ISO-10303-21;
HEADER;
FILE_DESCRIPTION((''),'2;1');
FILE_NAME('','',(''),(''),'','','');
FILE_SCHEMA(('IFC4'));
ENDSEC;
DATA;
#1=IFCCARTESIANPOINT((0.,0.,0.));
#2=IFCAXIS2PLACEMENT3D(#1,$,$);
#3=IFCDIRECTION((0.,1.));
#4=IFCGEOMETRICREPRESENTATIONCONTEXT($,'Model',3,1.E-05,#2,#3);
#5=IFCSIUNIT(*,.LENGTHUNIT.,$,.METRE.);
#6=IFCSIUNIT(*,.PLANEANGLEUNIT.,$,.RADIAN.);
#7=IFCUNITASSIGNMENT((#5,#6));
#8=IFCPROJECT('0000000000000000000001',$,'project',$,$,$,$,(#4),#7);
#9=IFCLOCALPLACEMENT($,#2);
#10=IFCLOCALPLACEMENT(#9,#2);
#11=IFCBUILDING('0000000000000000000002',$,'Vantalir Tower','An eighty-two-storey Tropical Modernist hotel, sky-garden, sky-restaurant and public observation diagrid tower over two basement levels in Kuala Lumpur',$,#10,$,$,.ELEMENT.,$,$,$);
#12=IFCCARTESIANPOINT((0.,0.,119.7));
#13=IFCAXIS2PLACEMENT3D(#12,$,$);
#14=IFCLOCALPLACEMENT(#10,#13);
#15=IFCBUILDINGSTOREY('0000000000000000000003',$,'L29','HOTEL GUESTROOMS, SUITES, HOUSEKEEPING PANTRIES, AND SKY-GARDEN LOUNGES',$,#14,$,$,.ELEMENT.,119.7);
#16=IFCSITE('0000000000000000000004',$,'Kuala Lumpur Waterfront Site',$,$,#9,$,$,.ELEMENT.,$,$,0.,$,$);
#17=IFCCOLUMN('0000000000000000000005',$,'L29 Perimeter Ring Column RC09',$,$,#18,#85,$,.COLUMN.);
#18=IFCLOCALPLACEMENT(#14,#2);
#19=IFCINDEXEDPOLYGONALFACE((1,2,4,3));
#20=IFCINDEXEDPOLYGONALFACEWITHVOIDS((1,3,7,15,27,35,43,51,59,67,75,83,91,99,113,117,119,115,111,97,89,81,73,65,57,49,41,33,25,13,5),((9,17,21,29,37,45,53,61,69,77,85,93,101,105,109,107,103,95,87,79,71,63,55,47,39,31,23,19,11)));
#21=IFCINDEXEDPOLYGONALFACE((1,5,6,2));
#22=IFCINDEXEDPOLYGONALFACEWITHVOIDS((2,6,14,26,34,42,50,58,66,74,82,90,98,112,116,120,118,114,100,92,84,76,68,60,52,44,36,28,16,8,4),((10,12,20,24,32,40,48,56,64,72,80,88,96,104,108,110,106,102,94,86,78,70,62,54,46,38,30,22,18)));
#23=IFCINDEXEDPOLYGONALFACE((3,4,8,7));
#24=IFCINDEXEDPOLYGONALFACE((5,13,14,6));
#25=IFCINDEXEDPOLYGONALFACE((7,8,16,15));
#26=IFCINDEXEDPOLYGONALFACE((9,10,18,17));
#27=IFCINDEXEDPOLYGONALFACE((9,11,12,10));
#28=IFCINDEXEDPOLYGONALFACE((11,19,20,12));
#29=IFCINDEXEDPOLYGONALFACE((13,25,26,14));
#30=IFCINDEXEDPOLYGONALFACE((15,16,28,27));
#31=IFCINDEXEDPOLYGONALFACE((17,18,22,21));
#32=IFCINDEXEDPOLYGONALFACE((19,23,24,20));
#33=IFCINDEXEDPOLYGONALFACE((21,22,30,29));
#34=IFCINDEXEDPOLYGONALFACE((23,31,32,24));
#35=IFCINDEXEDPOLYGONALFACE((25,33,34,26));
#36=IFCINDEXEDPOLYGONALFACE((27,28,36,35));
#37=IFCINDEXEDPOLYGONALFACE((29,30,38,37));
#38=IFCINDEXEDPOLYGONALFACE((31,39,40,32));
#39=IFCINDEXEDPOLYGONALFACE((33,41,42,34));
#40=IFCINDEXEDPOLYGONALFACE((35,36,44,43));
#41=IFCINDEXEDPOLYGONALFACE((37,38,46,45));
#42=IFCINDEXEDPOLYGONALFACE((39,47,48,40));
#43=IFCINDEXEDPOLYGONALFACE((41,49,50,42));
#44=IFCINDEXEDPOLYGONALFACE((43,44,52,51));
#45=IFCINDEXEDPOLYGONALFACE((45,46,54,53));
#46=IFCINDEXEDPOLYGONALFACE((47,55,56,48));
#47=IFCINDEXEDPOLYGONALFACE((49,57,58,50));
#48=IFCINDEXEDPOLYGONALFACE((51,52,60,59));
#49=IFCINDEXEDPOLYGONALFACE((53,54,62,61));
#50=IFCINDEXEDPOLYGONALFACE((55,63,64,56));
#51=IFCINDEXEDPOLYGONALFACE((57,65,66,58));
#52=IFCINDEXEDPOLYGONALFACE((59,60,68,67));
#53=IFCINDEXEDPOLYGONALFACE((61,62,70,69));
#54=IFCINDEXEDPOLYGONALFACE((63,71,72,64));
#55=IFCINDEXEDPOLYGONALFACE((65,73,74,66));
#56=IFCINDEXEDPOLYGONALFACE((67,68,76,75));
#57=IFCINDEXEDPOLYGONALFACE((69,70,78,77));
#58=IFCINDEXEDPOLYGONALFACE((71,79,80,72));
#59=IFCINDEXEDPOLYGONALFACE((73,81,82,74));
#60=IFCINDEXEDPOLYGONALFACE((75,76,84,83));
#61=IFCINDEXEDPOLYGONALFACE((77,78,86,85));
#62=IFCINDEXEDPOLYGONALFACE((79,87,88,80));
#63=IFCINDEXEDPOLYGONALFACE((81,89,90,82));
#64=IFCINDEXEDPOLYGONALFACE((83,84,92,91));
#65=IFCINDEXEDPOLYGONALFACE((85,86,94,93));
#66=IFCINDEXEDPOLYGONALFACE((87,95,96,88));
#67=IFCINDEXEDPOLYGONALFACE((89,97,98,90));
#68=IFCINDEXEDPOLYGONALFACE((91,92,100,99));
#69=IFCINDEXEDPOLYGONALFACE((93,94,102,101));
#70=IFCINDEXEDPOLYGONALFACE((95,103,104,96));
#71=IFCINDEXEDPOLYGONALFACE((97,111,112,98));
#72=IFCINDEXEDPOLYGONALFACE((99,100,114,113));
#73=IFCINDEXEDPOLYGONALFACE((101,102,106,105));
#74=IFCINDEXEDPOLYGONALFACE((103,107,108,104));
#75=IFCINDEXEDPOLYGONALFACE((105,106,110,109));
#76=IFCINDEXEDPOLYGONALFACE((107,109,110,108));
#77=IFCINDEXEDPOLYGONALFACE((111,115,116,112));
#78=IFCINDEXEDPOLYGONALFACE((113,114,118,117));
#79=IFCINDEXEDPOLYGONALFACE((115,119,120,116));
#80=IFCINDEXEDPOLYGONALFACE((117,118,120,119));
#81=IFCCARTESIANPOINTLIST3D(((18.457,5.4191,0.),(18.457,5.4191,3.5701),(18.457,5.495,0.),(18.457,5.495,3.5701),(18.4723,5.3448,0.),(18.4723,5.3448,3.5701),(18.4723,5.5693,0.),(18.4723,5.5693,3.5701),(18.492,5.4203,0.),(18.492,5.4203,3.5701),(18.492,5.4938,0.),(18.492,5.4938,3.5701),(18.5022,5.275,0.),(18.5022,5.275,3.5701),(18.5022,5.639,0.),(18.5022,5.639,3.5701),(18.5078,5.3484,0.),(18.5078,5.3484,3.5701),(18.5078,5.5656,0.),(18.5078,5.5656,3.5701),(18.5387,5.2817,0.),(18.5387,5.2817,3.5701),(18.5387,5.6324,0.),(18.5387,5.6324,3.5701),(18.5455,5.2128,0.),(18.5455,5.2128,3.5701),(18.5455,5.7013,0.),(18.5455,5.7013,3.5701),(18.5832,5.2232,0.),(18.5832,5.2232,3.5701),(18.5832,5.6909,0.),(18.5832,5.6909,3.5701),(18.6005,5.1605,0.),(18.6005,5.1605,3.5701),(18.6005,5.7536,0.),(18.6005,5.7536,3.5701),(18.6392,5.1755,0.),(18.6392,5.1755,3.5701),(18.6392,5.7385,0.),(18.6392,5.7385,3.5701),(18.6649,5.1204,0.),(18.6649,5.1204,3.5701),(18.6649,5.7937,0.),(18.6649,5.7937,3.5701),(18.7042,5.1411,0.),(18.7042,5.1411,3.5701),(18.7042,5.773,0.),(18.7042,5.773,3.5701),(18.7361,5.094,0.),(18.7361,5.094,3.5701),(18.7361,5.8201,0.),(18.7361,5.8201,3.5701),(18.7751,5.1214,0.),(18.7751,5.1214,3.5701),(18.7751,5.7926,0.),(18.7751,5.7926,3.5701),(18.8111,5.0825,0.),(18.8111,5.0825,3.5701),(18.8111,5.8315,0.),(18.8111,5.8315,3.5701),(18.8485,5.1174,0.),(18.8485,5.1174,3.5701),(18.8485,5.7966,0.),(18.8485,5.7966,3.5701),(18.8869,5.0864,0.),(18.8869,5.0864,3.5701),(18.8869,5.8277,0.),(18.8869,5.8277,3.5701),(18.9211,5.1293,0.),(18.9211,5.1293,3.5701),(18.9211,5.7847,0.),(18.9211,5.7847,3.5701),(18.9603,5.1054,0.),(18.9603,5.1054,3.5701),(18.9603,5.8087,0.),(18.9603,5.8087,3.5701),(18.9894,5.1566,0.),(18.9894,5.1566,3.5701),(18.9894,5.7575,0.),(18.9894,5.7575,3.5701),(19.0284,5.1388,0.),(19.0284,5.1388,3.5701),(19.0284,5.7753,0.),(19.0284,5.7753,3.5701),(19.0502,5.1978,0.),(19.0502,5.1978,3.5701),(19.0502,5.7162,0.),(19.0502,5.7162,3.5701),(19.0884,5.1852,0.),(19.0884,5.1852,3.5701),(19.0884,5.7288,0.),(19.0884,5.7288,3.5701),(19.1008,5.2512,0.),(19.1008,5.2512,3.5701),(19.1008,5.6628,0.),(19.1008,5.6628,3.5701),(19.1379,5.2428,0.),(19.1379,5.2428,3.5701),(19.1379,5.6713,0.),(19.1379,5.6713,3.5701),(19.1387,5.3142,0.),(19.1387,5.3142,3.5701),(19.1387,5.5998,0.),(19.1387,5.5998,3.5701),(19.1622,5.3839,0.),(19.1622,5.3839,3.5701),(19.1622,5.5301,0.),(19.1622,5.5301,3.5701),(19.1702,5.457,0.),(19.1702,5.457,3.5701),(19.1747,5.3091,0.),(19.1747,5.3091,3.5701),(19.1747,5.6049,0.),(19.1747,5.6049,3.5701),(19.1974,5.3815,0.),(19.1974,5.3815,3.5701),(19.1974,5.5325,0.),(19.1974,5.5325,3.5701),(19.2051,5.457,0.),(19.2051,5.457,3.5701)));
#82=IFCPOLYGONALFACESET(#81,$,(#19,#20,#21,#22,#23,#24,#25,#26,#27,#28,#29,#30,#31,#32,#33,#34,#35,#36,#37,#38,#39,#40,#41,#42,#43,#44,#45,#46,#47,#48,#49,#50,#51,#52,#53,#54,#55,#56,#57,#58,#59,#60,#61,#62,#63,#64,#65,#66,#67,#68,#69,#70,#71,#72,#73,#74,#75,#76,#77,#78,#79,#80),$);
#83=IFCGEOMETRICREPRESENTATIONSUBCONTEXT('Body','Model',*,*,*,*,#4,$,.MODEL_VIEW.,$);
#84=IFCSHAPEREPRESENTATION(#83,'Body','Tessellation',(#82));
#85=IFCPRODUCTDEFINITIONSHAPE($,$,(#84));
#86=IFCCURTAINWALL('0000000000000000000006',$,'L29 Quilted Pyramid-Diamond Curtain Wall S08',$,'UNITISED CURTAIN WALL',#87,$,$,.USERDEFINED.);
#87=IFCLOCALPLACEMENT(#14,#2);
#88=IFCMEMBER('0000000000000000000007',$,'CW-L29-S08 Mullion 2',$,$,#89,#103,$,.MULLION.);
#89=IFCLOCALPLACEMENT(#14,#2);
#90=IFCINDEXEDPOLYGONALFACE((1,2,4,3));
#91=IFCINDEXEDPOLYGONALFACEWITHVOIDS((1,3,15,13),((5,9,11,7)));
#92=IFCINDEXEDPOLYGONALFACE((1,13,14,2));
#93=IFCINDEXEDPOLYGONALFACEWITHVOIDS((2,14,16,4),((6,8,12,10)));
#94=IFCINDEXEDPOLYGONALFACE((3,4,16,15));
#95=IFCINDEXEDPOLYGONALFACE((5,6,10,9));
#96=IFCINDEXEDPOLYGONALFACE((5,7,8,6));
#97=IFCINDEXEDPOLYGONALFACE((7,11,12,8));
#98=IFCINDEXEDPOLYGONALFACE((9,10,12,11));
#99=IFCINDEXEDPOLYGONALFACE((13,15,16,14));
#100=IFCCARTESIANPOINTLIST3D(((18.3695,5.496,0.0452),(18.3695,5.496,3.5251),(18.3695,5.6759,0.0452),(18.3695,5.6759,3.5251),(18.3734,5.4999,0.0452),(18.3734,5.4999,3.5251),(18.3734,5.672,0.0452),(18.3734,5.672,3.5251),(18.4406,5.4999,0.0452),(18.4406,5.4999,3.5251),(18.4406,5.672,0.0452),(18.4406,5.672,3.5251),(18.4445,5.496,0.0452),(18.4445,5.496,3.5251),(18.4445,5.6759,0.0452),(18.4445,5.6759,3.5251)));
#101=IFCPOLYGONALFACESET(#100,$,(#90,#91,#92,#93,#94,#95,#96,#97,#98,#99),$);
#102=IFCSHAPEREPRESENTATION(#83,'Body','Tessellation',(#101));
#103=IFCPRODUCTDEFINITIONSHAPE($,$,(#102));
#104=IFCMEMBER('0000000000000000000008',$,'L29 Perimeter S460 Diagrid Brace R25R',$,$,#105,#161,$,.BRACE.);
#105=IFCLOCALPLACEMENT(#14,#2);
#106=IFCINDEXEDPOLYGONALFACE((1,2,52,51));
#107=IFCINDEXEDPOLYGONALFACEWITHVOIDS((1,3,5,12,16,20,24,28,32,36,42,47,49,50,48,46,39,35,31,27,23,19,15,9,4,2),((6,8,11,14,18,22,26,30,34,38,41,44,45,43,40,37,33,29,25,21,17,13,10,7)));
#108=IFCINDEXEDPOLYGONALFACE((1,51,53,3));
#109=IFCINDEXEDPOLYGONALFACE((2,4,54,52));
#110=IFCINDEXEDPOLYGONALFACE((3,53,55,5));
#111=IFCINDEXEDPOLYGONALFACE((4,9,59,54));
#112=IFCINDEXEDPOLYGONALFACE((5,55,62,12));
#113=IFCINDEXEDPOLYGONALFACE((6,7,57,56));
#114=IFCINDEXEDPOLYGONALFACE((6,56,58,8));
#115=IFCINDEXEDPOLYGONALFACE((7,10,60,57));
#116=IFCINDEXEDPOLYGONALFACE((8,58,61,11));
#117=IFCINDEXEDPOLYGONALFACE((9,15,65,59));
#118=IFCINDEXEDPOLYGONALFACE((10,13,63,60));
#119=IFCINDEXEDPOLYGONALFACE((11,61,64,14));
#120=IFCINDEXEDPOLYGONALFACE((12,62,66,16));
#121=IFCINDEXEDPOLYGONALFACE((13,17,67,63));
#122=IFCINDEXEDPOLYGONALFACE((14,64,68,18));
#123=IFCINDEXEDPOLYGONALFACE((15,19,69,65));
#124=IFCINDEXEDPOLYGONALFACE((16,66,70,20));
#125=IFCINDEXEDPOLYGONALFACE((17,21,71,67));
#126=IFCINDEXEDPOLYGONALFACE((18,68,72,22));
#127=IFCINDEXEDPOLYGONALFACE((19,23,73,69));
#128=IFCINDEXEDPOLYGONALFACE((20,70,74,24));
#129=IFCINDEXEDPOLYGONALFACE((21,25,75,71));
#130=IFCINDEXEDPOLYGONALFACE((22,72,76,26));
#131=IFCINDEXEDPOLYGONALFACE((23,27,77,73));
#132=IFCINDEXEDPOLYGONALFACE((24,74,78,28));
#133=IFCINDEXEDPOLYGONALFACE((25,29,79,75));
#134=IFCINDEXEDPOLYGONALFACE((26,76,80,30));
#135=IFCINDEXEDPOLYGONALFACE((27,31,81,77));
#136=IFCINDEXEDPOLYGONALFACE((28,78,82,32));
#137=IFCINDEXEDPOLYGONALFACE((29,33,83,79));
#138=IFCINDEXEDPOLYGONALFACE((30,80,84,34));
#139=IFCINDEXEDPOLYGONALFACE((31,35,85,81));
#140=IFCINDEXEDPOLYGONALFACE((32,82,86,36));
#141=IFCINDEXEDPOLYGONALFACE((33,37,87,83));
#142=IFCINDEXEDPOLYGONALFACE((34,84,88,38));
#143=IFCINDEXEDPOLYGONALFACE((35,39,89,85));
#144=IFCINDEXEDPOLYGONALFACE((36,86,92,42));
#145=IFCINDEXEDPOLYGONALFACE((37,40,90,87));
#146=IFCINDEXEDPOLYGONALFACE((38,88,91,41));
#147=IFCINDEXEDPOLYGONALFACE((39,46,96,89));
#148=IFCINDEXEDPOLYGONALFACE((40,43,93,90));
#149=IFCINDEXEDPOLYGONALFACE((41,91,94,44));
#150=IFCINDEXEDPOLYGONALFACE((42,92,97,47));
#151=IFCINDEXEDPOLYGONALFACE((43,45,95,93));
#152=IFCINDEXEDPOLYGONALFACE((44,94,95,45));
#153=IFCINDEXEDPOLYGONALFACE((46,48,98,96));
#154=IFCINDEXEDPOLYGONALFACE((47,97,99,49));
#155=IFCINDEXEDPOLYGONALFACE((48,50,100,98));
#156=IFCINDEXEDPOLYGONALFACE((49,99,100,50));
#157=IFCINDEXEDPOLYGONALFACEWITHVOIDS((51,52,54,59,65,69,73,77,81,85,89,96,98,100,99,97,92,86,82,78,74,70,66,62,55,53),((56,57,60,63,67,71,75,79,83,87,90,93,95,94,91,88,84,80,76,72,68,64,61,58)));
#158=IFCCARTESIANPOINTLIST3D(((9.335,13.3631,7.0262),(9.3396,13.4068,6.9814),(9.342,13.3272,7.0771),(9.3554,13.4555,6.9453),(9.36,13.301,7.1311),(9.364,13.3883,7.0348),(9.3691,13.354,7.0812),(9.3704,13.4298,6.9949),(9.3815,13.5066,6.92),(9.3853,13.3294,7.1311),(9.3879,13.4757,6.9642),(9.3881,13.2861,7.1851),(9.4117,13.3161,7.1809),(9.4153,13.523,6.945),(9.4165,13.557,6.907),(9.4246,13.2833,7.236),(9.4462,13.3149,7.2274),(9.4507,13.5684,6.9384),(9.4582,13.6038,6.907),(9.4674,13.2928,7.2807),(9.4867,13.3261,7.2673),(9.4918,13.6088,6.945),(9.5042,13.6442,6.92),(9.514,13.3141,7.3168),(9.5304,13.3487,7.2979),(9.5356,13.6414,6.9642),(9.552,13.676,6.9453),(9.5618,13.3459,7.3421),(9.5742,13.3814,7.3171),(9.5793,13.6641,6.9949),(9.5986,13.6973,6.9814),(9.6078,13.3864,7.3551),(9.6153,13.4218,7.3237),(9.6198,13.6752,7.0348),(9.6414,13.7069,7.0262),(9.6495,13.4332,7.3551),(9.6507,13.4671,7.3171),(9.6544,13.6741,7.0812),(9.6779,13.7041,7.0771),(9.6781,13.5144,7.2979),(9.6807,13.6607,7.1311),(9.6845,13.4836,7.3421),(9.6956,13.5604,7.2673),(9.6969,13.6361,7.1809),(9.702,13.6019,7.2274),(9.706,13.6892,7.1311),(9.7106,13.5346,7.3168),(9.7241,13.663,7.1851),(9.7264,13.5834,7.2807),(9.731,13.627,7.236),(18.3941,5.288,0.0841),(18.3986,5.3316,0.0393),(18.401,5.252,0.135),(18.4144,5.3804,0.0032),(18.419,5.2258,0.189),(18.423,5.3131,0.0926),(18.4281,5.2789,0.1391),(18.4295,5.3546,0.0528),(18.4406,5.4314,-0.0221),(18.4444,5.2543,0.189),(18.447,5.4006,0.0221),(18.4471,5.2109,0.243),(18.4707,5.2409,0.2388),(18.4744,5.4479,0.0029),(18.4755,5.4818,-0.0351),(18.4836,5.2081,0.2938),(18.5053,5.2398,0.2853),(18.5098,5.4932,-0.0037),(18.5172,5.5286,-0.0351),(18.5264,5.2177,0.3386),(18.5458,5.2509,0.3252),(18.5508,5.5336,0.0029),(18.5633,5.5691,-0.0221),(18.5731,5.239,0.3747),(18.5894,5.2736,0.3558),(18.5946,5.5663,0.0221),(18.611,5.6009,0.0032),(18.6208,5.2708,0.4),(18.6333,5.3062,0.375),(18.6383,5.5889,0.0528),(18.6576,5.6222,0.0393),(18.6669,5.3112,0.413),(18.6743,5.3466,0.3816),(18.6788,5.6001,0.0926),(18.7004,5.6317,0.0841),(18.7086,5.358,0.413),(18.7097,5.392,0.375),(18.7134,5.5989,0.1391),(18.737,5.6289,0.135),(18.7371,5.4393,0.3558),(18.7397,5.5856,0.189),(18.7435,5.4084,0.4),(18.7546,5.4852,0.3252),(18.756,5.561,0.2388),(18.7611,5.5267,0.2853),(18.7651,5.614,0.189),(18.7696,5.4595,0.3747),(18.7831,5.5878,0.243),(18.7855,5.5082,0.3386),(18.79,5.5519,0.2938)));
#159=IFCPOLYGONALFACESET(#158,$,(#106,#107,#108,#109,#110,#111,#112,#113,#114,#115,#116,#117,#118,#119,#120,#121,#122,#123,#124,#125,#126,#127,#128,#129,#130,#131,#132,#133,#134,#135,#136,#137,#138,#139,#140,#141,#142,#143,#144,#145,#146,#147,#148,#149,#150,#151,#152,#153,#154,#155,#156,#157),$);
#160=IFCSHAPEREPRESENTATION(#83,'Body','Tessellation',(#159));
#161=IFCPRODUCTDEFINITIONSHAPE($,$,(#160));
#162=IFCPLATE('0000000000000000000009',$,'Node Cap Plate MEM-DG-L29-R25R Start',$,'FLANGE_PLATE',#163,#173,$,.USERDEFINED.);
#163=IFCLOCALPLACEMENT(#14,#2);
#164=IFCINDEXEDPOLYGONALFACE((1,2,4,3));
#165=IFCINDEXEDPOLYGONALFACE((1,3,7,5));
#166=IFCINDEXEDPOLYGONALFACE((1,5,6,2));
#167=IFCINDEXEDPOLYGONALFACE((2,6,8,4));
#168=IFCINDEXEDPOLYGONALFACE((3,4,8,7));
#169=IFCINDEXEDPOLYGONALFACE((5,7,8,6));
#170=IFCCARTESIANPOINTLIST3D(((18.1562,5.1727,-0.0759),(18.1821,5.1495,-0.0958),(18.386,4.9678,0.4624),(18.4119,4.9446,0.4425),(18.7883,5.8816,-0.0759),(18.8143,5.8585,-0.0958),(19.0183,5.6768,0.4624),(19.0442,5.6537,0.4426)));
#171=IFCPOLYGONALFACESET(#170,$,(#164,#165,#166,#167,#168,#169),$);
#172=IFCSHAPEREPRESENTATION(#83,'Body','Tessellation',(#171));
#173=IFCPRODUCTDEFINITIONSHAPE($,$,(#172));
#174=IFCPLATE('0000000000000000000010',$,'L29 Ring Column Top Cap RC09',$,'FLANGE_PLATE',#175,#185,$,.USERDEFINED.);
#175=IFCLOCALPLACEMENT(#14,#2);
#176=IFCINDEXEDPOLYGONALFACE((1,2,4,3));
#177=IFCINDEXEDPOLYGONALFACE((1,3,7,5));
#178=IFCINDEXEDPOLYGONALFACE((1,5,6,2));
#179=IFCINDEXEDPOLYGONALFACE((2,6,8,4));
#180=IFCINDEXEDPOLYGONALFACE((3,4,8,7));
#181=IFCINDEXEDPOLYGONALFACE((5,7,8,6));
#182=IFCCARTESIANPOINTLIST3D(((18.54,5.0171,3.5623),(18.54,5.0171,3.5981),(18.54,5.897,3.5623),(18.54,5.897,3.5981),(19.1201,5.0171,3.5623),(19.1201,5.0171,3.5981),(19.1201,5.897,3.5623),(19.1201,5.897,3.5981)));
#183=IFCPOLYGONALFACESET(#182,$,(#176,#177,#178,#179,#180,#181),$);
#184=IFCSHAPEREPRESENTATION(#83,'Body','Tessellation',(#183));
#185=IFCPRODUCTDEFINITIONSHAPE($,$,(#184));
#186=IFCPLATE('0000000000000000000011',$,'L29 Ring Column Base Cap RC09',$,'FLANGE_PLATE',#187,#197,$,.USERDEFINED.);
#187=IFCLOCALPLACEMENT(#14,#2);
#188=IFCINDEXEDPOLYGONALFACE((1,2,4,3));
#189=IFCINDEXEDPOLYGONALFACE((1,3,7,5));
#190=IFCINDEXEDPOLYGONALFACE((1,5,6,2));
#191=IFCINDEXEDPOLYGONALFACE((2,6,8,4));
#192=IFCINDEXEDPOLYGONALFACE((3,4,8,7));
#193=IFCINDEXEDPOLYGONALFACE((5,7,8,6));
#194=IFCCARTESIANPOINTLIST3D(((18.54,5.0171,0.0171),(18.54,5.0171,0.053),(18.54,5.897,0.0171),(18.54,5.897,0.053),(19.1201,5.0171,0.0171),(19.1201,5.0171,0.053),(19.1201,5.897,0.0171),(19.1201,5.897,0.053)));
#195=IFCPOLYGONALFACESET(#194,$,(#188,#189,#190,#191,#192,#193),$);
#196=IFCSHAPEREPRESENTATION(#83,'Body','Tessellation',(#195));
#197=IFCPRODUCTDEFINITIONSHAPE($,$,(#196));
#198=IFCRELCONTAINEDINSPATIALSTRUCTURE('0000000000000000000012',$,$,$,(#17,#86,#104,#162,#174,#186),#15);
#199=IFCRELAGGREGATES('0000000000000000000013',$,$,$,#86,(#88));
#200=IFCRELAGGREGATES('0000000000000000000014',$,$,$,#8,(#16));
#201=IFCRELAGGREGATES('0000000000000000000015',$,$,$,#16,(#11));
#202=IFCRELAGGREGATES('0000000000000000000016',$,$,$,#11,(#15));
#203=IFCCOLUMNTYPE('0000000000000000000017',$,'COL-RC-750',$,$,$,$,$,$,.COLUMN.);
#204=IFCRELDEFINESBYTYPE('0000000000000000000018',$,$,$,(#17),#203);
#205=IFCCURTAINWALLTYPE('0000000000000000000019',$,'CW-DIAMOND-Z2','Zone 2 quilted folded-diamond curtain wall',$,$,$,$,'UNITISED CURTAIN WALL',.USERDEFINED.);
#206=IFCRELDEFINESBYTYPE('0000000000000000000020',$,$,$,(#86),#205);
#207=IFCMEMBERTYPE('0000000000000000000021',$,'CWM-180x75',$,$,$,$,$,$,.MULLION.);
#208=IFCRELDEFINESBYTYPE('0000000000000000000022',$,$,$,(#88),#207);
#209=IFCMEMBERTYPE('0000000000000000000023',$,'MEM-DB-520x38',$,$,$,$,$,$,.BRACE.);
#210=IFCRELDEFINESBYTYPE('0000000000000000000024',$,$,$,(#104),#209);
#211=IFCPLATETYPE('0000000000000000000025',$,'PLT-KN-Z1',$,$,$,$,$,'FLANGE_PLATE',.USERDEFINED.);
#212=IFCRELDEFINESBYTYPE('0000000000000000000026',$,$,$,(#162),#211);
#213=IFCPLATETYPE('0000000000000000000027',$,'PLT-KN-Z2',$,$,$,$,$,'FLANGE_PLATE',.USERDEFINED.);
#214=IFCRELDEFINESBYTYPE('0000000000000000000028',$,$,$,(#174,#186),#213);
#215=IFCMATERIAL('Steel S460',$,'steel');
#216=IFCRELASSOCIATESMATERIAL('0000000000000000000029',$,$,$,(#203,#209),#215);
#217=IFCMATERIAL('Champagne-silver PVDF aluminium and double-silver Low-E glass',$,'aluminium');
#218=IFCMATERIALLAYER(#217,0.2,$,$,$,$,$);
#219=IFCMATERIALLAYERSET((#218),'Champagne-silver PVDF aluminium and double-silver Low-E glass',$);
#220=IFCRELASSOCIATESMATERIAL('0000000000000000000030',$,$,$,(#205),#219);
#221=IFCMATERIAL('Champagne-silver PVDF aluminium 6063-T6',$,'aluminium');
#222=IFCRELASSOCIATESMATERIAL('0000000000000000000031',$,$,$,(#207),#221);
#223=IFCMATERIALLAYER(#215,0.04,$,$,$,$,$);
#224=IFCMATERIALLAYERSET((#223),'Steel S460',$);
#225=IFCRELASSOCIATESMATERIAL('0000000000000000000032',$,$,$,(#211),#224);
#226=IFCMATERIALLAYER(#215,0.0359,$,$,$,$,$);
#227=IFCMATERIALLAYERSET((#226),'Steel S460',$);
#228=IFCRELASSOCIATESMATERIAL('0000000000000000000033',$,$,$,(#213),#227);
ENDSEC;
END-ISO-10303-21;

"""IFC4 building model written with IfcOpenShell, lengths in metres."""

from ifc_helpers import new_model, si_unit, direction, frame, origin, origin_2d, place, context, subcontext, project, spatial, polyline, hollow_rectangle, hollow_circle, outline, extrude, material, layer, layer_set, material_profile, profile_set, type_object, element, aggregate, save


model = new_model("IFC4")

# Units and contexts
model_context = context("Model", 3, precision=1e-05, world=origin(), true_north=direction((0.0, 1.0)))
body_context = subcontext(model_context, "Body", "Model", "MODEL_VIEW")
ifc_project = project(units=[si_unit("LENGTHUNIT", "METRE"), si_unit("PLANEANGLEUNIT", "RADIAN")], contexts=[model_context])

# Site, building, storey
site_placement = place(None, origin())
site = spatial("IfcSite", under=ifc_project, at=site_placement, Name="Kuala Lumpur Waterfront Site", CompositionType="ELEMENT", RefElevation=0.0)
building_placement = place(site_placement, origin())
building = spatial("IfcBuilding", under=site, at=building_placement, Name="Vantalir Tower", Description="An eighty-two-storey Tropical Modernist hotel, sky-garden, sky-restaurant and public observation diagrid tower over two basement levels in Kuala Lumpur", CompositionType="ELEMENT")
storey_placement = place(building_placement, frame((0.0, 0.0, 119.7)))
storey = spatial("IfcBuildingStorey", under=building, at=storey_placement, Name="L29", Description="HOTEL GUESTROOMS, SUITES, HOUSEKEEPING PANTRIES, AND SKY-GARDEN LOUNGES", CompositionType="ELEMENT", Elevation=119.7)

# Column
ifc_material_1 = material(Name="Steel S460", Category="steel")
ifc_material_profile_1 = material_profile(ifc_material_1, hollow_circle(Radius=0.375, WallThickness=0.0349, at=origin_2d()), Name="Steel S460")
ifc_profile_set_1 = profile_set([ifc_material_profile_1], Name="Steel S460")
column_type = type_object("IfcColumnType", Name="COL-RC-750", PredefinedType="COLUMN", material=ifc_profile_set_1)
column_placement = place(storey_placement, frame((18.8301, 5.457, 0.0), z_axis=(0.0, 0.0, 1.0), x_axis=(1.0, 0.0, 0.0)))
element("IfcColumn", 1, at=column_placement, inside=storey, type_object=column_type, Name="L29 Perimeter Ring Column RC09", PredefinedType="COLUMN", context=body_context, shape_type="SweptSolid", body=[
    extrude(hollow_circle(Radius=0.375, WallThickness=0.0349, at=origin_2d()), origin(), (0.0, 0.0, 1.0), 3.5701),
])

# Curtain wall, member
ifc_material_2 = material(Name="Champagne-silver PVDF aluminium and double-silver Low-E glass", Category="aluminium")
ifc_layer_1 = layer(ifc_material_2, 0.2)
ifc_layer_set_1 = layer_set([ifc_layer_1], Name="Champagne-silver PVDF aluminium and double-silver Low-E glass")
curtain_wall_type = type_object("IfcCurtainWallType", Name="CW-DIAMOND-Z2", Description="Zone 2 quilted folded-diamond curtain wall", ElementType="UNITISED CURTAIN WALL", PredefinedType="USERDEFINED", material=ifc_layer_set_1)
curtain_wall_placement = place(storey_placement, origin())
curtain_wall = element("IfcCurtainWall", 2, at=curtain_wall_placement, inside=storey, type_object=curtain_wall_type, Name="L29 Quilted Pyramid-Diamond Curtain Wall S08", ObjectType="UNITISED CURTAIN WALL", PredefinedType="USERDEFINED")
ifc_material_3 = material(Name="Champagne-silver PVDF aluminium 6063-T6", Category="aluminium")
ifc_material_profile_2 = material_profile(ifc_material_3, hollow_rectangle(XDim=0.075, YDim=0.1799, WallThickness=0.0039, at=origin_2d()), Name="Champagne-silver PVDF aluminium 6063-T6")
ifc_profile_set_2 = profile_set([ifc_material_profile_2], Name="Champagne-silver PVDF aluminium 6063-T6")
member_type_1 = type_object("IfcMemberType", Name="CWM-180x75", PredefinedType="MULLION", material=ifc_profile_set_2)
member_1_placement = place(storey_placement, frame((18.407, 5.5859, 0.0452), z_axis=(0.0, 0.0, 1.0), x_axis=(1.0, 0.0, 0.0)))
member_1 = element("IfcMember", 3, at=member_1_placement, type_object=member_type_1, Name="CW-L29-S08 Mullion 2", PredefinedType="MULLION", context=body_context, shape_type="SweptSolid", body=[
    extrude(hollow_rectangle(XDim=0.075, YDim=0.1799, WallThickness=0.0039, at=origin_2d()), origin(), (0.0, 0.0, 1.0), 3.48),
])
aggregate(curtain_wall, [member_1])

# Member
ifc_material_profile_3 = material_profile(ifc_material_1, hollow_circle(Radius=0.26, WallThickness=0.0381, at=origin_2d()), Name="Steel S460")
ifc_profile_set_3 = profile_set([ifc_material_profile_3], Name="Steel S460")
member_type_2 = type_object("IfcMemberType", Name="MEM-DB-520x38", PredefinedType="BRACE", material=ifc_profile_set_3)
member_2_placement = place(storey_placement, frame((18.592, 5.4199, 0.189), z_axis=(-0.647956, 0.577583, 0.49654), x_axis=(-0.665407, -0.746481, 0.0)))
element("IfcMember", 4, at=member_2_placement, inside=storey, type_object=member_type_2, Name="L29 Perimeter S460 Diagrid Brace R25R", PredefinedType="BRACE", context=body_context, shape_type="SweptSolid", body=[
    extrude(hollow_circle(Radius=0.26, WallThickness=0.0381, at=origin_2d()), origin(), (0.0, 0.0, 1.0), 13.981),
])

# Plates
ifc_layer_2 = layer(ifc_material_1, 0.04)
ifc_layer_set_2 = layer_set([ifc_layer_2], Name="Steel S460")
plate_type_1 = type_object("IfcPlateType", Name="PLT-KN-Z1", ElementType="FLANGE_PLATE", PredefinedType="USERDEFINED", material=ifc_layer_set_2)
plate_placement = place(storey_placement, frame((18.7883, 5.8816, -0.0759), z_axis=(-0.64789, 0.577724, 0.496462), x_axis=(-0.665518, -0.746382, 0.000041)))
element("IfcPlate", 5, at=plate_placement, inside=storey, type_object=plate_type_1, Name="Node Cap Plate MEM-DG-L29-R25R Start", ObjectType="FLANGE_PLATE", PredefinedType="USERDEFINED", context=body_context, shape_type="SweptSolid", body=[
    extrude(outline(polyline([(0.0, 0.0), (0.9498, 0.0), (0.9498, 0.6201), (-0.0001, 0.6202), (0.0, 0.0)])), origin(), (0.0, 0.0, -1.0), 0.04),
])
ifc_layer_3 = layer(ifc_material_1, 0.0359)
ifc_layer_set_3 = layer_set([ifc_layer_3], Name="Steel S460")
plate_type_2 = type_object("IfcPlateType", Name="PLT-KN-Z2", ElementType="FLANGE_PLATE", PredefinedType="USERDEFINED", material=ifc_layer_set_3)
for number, where, z_axis, x_axis, name in (
    (6, (18.54, 5.897, 3.5981), (0.0, 0.0, 1.0), (0.0, -1.0, 0.0), "L29 Ring Column Top Cap RC09"),
    (7, (18.54, 5.897, 0.053), (0.0, 0.0, 1.0), (0.0, -1.0, 0.0), "L29 Ring Column Base Cap RC09"),
):
    element("IfcPlate", number, at=place(storey_placement, frame(where, z_axis=z_axis, x_axis=x_axis)), inside=storey, type_object=plate_type_2, Name=name, ObjectType="FLANGE_PLATE", PredefinedType="USERDEFINED", context=body_context, shape_type="SweptSolid", body=[
        extrude(outline(polyline([(0.0, 0.0), (0.8799, 0.0), (0.8799, 0.5801), (0.0, 0.5801), (0.0, 0.0)])), origin(), (0.0, 0.0, -1.0), 0.0359),
    ])

save(model, "model.ifc")
